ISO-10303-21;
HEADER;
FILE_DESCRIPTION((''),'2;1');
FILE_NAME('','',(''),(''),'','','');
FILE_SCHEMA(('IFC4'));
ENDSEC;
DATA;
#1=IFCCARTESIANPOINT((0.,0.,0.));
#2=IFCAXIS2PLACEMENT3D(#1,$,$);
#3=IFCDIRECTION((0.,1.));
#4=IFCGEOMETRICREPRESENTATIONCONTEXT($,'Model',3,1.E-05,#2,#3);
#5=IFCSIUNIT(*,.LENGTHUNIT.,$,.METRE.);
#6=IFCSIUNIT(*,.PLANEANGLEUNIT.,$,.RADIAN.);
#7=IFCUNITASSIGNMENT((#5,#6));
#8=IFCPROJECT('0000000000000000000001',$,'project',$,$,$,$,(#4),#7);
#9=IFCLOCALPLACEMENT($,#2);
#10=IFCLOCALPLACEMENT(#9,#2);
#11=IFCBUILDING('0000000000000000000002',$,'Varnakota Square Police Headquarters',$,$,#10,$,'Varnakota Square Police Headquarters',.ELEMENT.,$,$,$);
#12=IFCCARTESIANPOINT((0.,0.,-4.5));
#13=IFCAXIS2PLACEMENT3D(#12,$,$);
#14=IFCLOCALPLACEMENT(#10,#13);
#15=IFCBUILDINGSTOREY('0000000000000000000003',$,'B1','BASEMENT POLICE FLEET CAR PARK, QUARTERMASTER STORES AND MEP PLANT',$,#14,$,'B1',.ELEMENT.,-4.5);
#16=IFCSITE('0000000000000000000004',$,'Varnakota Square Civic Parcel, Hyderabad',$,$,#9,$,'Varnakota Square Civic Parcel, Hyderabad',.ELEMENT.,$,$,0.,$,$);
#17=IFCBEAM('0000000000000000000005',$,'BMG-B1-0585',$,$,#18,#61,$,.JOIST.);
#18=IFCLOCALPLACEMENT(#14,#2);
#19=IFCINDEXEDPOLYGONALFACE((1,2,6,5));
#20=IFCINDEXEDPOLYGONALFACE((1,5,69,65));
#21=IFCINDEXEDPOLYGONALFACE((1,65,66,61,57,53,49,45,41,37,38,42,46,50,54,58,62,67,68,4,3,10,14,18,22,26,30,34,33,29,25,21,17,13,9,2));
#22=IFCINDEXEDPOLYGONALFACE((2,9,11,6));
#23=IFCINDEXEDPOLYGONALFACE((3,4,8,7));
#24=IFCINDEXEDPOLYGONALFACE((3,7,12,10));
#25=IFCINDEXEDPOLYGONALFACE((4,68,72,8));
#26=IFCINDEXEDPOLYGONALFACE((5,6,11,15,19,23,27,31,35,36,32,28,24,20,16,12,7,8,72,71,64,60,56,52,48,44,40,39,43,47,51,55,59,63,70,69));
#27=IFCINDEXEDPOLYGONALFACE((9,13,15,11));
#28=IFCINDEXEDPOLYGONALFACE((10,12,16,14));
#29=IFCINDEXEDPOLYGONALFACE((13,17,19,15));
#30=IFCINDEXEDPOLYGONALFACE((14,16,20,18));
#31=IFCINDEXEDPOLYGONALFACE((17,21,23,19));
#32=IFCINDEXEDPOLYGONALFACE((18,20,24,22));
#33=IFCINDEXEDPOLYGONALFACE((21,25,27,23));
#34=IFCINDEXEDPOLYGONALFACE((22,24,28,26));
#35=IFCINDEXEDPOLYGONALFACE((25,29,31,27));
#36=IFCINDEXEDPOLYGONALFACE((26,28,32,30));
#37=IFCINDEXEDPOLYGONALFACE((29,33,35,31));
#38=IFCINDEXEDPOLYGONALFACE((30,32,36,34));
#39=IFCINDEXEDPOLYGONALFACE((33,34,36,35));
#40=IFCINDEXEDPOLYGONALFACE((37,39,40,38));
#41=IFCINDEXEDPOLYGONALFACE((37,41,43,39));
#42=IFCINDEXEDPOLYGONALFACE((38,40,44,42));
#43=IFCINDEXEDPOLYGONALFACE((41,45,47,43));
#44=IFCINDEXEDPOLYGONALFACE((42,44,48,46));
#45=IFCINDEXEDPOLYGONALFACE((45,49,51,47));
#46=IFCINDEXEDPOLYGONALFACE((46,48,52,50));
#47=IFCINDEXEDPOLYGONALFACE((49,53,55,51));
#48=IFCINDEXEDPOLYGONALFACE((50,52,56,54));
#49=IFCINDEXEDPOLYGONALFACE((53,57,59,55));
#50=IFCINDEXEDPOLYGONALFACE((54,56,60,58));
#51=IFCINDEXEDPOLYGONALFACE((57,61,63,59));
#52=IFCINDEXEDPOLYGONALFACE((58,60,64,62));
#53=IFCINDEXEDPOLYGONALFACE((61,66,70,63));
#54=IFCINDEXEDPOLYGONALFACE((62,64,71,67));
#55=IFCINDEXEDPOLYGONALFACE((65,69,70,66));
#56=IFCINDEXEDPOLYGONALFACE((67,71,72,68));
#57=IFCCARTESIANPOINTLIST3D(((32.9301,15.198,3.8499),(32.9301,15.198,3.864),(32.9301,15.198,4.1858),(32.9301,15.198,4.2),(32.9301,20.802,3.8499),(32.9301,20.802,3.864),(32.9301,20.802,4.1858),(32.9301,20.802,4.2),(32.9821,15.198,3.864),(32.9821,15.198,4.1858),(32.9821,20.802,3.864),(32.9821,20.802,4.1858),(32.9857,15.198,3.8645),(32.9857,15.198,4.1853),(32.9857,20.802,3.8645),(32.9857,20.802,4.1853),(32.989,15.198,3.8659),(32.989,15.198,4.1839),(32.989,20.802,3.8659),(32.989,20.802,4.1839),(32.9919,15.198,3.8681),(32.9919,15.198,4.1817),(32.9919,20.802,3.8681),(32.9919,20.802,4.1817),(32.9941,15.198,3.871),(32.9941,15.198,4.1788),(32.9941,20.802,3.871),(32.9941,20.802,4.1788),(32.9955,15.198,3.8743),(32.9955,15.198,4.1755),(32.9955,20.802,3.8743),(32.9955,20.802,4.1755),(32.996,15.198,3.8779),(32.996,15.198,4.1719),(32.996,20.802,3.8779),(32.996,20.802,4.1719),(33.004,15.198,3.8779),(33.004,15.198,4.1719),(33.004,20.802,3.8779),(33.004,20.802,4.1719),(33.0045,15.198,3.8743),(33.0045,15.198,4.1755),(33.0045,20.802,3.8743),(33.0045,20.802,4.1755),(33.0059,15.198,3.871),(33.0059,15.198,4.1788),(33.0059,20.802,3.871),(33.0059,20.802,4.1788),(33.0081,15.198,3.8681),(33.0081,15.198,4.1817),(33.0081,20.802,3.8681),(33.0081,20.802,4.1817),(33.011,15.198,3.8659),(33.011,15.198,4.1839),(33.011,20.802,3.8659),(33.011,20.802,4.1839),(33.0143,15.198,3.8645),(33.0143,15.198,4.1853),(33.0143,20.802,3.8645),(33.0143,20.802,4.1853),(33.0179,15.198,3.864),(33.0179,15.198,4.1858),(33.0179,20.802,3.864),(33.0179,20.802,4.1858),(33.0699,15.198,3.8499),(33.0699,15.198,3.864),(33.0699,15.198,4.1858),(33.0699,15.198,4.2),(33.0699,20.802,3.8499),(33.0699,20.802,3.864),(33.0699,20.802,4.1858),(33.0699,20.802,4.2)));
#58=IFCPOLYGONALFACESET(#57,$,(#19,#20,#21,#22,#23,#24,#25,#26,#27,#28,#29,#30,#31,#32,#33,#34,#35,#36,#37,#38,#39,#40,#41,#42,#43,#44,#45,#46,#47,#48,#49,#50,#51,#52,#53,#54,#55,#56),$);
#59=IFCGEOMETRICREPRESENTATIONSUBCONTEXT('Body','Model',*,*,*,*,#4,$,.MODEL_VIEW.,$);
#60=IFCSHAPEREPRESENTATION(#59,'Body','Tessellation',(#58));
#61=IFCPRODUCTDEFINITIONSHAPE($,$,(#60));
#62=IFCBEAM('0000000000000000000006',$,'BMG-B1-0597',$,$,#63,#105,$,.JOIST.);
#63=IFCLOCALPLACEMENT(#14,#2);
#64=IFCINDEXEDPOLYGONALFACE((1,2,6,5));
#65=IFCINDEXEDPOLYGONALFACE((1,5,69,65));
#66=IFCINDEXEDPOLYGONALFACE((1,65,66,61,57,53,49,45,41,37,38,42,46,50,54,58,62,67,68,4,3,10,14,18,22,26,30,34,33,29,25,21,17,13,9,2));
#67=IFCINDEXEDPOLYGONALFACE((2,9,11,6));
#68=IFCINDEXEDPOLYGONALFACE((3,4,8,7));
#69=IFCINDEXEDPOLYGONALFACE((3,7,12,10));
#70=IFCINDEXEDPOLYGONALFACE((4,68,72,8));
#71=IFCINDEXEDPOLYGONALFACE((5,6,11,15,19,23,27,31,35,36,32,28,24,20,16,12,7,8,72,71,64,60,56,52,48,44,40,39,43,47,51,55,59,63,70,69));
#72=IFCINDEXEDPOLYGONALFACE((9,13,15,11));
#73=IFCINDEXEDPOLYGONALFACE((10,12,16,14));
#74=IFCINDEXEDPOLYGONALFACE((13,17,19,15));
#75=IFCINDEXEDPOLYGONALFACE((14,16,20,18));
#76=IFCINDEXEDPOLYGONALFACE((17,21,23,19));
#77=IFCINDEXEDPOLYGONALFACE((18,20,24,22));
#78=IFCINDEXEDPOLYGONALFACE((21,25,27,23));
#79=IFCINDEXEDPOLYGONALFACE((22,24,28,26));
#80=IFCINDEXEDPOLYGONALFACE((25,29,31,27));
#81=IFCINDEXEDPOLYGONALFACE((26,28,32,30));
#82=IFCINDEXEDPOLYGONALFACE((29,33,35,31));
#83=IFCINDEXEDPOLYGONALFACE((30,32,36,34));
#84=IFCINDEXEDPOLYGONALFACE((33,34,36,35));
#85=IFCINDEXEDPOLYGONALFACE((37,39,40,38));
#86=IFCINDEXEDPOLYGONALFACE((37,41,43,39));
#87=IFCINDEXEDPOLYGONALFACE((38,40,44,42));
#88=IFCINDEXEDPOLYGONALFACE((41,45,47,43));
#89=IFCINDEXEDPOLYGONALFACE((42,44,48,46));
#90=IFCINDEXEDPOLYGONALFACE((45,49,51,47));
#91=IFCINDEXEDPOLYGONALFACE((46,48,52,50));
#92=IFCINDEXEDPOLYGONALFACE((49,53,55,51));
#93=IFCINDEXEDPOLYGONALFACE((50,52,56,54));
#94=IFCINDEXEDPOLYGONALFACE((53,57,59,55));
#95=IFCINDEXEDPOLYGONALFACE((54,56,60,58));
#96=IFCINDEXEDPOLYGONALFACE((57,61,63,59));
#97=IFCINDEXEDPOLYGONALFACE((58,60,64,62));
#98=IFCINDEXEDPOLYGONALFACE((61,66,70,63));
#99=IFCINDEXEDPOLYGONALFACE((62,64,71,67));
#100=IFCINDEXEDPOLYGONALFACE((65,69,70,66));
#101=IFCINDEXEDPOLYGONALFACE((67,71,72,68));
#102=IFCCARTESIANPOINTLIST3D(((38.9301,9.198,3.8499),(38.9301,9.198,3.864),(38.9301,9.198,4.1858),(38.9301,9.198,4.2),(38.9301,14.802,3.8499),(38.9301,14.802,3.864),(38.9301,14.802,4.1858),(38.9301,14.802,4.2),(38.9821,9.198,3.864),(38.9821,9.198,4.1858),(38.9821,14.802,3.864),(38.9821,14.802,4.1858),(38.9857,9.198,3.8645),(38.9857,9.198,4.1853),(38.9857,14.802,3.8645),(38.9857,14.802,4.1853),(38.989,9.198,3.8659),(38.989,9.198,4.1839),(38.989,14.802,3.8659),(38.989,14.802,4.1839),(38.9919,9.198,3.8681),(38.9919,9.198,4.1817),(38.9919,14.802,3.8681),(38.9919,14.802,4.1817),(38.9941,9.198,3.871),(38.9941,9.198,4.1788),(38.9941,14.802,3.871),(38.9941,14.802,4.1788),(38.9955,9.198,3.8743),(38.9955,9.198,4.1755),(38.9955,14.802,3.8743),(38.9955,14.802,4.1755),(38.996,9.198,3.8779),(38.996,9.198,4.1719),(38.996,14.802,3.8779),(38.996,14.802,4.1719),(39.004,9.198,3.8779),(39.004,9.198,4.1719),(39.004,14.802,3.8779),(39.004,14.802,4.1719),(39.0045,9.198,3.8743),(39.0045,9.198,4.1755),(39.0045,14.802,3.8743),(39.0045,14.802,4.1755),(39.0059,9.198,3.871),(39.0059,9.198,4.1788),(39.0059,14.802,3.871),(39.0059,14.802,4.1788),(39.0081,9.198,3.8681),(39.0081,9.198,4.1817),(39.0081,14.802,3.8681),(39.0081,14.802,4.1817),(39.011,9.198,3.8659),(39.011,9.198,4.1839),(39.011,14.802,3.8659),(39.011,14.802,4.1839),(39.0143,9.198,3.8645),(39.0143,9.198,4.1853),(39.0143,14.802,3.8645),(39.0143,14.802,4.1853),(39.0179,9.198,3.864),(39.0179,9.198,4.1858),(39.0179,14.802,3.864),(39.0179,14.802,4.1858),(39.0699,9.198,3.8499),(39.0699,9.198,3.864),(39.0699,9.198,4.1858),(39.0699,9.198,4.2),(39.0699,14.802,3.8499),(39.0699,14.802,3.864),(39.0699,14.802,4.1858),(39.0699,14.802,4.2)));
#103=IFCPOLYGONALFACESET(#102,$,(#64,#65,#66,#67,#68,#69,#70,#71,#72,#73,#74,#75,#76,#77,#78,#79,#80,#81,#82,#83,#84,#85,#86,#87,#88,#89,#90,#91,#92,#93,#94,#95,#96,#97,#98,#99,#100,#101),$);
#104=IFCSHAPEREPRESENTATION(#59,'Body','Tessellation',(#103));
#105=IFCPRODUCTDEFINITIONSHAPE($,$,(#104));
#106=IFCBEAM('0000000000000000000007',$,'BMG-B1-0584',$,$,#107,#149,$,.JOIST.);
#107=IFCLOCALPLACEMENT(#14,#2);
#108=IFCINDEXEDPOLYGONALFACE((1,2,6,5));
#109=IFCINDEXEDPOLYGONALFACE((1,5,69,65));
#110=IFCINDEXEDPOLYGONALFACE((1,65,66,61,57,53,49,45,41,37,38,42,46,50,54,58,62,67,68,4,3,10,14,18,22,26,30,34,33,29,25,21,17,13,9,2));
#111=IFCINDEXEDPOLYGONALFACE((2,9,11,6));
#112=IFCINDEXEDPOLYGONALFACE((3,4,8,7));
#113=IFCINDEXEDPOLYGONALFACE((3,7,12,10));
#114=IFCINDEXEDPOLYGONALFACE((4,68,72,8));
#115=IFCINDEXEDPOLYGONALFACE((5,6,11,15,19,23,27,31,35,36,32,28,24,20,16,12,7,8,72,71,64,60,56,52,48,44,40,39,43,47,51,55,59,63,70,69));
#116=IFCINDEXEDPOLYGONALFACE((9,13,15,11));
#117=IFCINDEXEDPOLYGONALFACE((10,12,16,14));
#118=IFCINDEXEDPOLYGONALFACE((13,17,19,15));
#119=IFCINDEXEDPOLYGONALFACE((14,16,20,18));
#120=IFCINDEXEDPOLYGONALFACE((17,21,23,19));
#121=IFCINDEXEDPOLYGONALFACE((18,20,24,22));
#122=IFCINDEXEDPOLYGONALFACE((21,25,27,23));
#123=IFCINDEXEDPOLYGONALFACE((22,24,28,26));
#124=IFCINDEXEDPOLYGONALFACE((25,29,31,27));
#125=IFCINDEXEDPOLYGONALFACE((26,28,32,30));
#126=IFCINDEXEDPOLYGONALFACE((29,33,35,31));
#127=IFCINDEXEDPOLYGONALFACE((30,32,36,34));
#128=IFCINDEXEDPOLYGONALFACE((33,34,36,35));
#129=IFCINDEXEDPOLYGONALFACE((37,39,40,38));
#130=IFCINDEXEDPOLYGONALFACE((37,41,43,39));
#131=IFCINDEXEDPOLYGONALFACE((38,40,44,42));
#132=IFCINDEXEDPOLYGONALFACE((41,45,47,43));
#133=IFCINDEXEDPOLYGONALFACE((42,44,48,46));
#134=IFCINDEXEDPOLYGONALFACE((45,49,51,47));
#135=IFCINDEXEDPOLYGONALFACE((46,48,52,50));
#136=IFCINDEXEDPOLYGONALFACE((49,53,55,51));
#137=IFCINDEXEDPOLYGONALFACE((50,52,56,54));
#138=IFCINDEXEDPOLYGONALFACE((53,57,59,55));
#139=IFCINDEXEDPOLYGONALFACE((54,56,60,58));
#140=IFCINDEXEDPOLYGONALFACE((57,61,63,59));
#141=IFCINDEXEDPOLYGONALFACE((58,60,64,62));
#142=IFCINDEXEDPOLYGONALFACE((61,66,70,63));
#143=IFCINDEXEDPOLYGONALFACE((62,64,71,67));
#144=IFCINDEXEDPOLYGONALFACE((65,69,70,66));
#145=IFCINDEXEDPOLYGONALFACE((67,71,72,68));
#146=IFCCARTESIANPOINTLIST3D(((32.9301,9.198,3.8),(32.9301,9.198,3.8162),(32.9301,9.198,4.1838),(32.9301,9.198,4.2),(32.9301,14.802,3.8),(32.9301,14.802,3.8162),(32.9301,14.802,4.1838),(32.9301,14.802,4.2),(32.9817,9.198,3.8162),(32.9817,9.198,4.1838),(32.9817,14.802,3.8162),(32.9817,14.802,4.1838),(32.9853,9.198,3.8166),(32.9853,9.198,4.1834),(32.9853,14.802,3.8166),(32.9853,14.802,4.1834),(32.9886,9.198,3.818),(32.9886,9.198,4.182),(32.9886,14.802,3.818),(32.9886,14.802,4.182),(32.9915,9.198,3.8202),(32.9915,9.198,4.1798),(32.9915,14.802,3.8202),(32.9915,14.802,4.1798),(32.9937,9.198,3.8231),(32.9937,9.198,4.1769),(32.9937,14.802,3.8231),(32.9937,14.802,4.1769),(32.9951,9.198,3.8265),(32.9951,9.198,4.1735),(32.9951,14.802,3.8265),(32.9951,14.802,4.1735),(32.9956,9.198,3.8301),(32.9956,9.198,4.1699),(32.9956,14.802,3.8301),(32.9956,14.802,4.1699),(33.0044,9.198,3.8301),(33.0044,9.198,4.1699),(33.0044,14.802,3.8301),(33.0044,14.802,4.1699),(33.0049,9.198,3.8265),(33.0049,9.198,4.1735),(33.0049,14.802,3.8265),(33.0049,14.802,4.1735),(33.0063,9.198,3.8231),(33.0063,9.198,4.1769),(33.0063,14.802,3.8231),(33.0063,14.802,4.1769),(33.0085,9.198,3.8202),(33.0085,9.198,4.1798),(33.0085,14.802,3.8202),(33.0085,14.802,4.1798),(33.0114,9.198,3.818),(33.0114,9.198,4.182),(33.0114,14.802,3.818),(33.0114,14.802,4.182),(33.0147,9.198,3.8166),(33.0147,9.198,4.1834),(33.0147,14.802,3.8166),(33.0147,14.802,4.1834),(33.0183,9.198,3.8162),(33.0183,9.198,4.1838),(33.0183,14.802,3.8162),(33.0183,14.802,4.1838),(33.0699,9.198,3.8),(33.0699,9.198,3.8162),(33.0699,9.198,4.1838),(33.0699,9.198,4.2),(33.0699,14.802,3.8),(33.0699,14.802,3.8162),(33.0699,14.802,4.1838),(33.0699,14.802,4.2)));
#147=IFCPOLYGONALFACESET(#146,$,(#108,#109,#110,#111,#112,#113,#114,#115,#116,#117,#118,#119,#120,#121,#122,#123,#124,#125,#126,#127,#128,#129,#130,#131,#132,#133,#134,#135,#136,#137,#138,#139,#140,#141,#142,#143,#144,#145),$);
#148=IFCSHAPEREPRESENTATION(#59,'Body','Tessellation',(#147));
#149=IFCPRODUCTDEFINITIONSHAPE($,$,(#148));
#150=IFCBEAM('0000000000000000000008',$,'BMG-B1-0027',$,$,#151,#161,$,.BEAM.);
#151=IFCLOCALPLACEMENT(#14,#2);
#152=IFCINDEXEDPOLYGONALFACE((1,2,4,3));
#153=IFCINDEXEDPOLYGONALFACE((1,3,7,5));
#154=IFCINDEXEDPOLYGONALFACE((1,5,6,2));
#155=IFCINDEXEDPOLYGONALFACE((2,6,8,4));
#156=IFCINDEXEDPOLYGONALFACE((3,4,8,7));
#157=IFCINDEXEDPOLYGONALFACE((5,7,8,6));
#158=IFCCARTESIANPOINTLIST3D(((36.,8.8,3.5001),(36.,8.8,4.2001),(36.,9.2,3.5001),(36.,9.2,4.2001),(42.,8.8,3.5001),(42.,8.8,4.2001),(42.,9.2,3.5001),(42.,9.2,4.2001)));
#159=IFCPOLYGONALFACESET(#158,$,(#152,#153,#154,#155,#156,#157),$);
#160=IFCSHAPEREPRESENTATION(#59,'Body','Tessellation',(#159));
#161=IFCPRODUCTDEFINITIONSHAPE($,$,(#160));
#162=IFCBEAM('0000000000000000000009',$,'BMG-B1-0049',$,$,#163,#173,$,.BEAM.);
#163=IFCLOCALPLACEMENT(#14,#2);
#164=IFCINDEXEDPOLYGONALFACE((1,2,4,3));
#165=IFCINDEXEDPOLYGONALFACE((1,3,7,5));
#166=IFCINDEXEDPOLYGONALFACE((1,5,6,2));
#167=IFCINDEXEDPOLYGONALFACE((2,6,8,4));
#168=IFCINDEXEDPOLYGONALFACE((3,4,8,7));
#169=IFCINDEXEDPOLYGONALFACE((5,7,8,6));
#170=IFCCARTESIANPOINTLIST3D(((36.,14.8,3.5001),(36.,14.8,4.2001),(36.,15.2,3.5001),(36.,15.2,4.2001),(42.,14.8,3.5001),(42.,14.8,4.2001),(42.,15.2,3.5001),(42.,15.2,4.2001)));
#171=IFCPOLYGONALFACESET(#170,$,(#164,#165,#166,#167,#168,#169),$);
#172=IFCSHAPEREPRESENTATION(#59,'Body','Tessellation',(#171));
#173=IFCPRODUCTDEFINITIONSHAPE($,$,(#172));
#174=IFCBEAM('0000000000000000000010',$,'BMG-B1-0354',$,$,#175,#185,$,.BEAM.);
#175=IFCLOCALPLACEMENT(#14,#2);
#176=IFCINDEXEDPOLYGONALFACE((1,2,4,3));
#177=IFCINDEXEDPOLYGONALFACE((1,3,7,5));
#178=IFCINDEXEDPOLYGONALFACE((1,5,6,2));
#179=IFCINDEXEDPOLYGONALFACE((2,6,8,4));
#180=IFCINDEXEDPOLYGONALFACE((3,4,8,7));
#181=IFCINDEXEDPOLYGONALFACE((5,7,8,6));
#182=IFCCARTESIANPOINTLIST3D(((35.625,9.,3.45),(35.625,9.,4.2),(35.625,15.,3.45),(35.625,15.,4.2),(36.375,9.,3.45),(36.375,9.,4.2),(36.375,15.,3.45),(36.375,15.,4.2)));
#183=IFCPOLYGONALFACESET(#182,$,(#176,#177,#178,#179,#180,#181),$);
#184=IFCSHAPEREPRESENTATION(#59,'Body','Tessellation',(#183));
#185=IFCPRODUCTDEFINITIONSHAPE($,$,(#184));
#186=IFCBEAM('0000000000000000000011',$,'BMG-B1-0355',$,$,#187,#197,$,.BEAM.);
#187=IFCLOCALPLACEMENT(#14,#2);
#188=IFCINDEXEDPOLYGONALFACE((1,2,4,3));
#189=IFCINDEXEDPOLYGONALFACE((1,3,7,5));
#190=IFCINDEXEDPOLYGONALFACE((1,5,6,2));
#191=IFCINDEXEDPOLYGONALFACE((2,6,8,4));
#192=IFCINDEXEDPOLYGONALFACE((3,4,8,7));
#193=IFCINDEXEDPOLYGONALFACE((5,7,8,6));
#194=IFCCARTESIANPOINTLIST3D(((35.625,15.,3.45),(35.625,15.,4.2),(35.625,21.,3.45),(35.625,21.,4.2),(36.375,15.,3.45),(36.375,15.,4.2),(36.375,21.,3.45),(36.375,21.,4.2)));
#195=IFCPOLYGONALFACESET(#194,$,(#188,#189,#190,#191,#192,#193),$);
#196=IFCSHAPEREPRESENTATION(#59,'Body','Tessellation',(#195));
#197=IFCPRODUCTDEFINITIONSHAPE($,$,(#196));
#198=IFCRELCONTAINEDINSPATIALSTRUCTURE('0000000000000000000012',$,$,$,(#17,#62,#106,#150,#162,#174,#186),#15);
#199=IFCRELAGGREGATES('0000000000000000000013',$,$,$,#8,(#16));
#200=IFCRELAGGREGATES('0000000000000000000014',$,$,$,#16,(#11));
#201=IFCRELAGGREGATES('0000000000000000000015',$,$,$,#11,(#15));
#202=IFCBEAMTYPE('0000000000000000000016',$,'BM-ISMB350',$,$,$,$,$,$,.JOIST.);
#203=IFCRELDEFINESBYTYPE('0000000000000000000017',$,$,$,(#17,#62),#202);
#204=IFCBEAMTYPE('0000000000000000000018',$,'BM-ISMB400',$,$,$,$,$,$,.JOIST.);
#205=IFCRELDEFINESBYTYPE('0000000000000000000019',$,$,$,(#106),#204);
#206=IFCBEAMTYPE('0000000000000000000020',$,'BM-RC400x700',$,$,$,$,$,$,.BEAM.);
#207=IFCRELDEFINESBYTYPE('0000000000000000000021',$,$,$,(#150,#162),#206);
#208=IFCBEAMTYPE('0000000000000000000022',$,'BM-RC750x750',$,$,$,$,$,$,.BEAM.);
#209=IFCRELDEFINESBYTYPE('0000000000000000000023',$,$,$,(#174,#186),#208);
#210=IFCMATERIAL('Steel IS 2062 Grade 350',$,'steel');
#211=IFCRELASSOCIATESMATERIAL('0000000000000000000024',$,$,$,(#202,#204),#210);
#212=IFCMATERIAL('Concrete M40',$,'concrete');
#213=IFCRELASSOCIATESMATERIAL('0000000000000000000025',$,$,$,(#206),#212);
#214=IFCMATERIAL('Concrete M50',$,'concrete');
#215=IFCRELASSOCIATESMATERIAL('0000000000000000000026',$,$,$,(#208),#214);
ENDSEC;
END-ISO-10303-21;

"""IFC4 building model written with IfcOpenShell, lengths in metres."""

from ifc_helpers import new_model, si_unit, direction, frame, origin, origin_2d, place, context, subcontext, project, spatial, rectangle, i_section, extrude, material, material_profile, profile_set, type_object, element, save


model = new_model("IFC4")

# Units and contexts
model_context = context("Model", 3, precision=1e-05, world=origin(), true_north=direction((0.0, 1.0)))
body_context = subcontext(model_context, "Body", "Model", "MODEL_VIEW")
ifc_project = project(units=[si_unit("LENGTHUNIT", "METRE"), si_unit("PLANEANGLEUNIT", "RADIAN")], contexts=[model_context])

# Site, building, storey
site_placement = place(None, origin())
site = spatial("IfcSite", under=ifc_project, at=site_placement, Name="Varnakota Square Civic Parcel, Hyderabad", LongName="Varnakota Square Civic Parcel, Hyderabad", CompositionType="ELEMENT", RefElevation=0.0)
building_placement = place(site_placement, origin())
building = spatial("IfcBuilding", under=site, at=building_placement, Name="Varnakota Square Police Headquarters", LongName="Varnakota Square Police Headquarters", CompositionType="ELEMENT")
storey_placement = place(building_placement, frame((0.0, 0.0, -4.5)))
storey = spatial("IfcBuildingStorey", under=building, at=storey_placement, Name="B1", Description="BASEMENT POLICE FLEET CAR PARK, QUARTERMASTER STORES AND MEP PLANT", LongName="B1", CompositionType="ELEMENT", Elevation=-4.5)

# Shared definitions
ifc_material_1 = material(Name="Concrete M40", Category="concrete")

# Beams
ifc_material_2 = material(Name="Steel IS 2062 Grade 350", Category="steel")
ifc_material_profile_1 = material_profile(ifc_material_2, i_section(OverallWidth=0.1399, OverallDepth=0.3501, WebThickness=0.0081, FlangeThickness=0.0142, FilletRadius=0.0139, at=origin_2d()), Name="ISMB 350")
ifc_profile_set_1 = profile_set([ifc_material_profile_1], Name="Steel IS 2062 Grade 350")
beam_type_1 = type_object("IfcBeamType", Name="BM-ISMB350", PredefinedType="JOIST", material=ifc_profile_set_1)
for number, where, z_axis, x_axis, name in (
    (1, (33.0, 15.198, 4.0249), (0.0, 1.0, 0.0), (-1.0, 0.0, 0.0), "BMG-B1-0585"),
    (2, (39.0, 9.198, 4.0249), (0.0, 1.0, 0.0), (-1.0, 0.0, 0.0), "BMG-B1-0597"),
):
    element("IfcBeam", number, at=place(storey_placement, frame(where, z_axis=z_axis, x_axis=x_axis)), inside=storey, type_object=beam_type_1, Name=name, PredefinedType="JOIST", context=body_context, shape_type="SweptSolid", body=[
        extrude(i_section(OverallWidth=0.1399, OverallDepth=0.3501, WebThickness=0.0081, FlangeThickness=0.0142, FilletRadius=0.0139, at=origin_2d()), origin(), (0.0, 0.0, 1.0), 5.604),
    ])
ifc_material_profile_2 = material_profile(ifc_material_2, i_section(OverallWidth=0.1399, OverallDepth=0.3999, WebThickness=0.0088, FlangeThickness=0.0161, FilletRadius=0.0139, at=origin_2d()), Name="ISMB 400")
ifc_profile_set_2 = profile_set([ifc_material_profile_2], Name="Steel IS 2062 Grade 350")
beam_type_2 = type_object("IfcBeamType", Name="BM-ISMB400", PredefinedType="JOIST", material=ifc_profile_set_2)
beam_1_placement = place(storey_placement, frame((33.0, 9.198, 4.0), z_axis=(0.0, 1.0, 0.0), x_axis=(-1.0, 0.0, 0.0)))
element("IfcBeam", 3, at=beam_1_placement, inside=storey, type_object=beam_type_2, Name="BMG-B1-0584", PredefinedType="JOIST", context=body_context, shape_type="SweptSolid", body=[
    extrude(i_section(OverallWidth=0.1399, OverallDepth=0.3999, WebThickness=0.0088, FlangeThickness=0.0161, FilletRadius=0.0139, at=origin_2d()), origin(), (0.0, 0.0, 1.0), 5.604),
])
ifc_material_profile_3 = material_profile(ifc_material_1, rectangle(XDim=0.3999, YDim=0.7, at=origin_2d()), Name="RC 400x700")
ifc_profile_set_3 = profile_set([ifc_material_profile_3], Name="Concrete M40")
beam_type_3 = type_object("IfcBeamType", Name="BM-RC400x700", PredefinedType="BEAM", material=ifc_profile_set_3)
for number, where, z_axis, x_axis, name in (
    (4, (36.0, 9.0, 3.8501), (1.0, 0.0, 0.0), (0.0, 1.0, 0.0), "BMG-B1-0027"),
    (5, (36.0, 15.0, 3.8501), (1.0, 0.0, 0.0), (0.0, 1.0, 0.0), "BMG-B1-0049"),
):
    element("IfcBeam", number, at=place(storey_placement, frame(where, z_axis=z_axis, x_axis=x_axis)), inside=storey, type_object=beam_type_3, Name=name, PredefinedType="BEAM", context=body_context, shape_type="SweptSolid", body=[
        extrude(rectangle(XDim=0.3999, YDim=0.7, at=origin_2d()), origin(), (0.0, 0.0, 1.0), 6.0),
    ])
ifc_material_3 = material(Name="Concrete M50", Category="concrete")
ifc_material_profile_4 = material_profile(ifc_material_3, rectangle(XDim=0.75, YDim=0.75, at=origin_2d()), Name="RC 750x750")
ifc_profile_set_4 = profile_set([ifc_material_profile_4], Name="Concrete M50")
beam_type_4 = type_object("IfcBeamType", Name="BM-RC750x750", PredefinedType="BEAM", material=ifc_profile_set_4)
for number, where, z_axis, x_axis, name in (
    (6, (36.0, 9.0, 3.825), (0.0, 1.0, 0.0), (-1.0, 0.0, 0.0), "BMG-B1-0354"),
    (7, (36.0, 15.0, 3.825), (0.0, 1.0, 0.0), (-1.0, 0.0, 0.0), "BMG-B1-0355"),
):
    element("IfcBeam", number, at=place(storey_placement, frame(where, z_axis=z_axis, x_axis=x_axis)), inside=storey, type_object=beam_type_4, Name=name, PredefinedType="BEAM", context=body_context, shape_type="SweptSolid", body=[
        extrude(rectangle(XDim=0.75, YDim=0.75, at=origin_2d()), origin(), (0.0, 0.0, 1.0), 6.0),
    ])

save(model, "model.ifc")
